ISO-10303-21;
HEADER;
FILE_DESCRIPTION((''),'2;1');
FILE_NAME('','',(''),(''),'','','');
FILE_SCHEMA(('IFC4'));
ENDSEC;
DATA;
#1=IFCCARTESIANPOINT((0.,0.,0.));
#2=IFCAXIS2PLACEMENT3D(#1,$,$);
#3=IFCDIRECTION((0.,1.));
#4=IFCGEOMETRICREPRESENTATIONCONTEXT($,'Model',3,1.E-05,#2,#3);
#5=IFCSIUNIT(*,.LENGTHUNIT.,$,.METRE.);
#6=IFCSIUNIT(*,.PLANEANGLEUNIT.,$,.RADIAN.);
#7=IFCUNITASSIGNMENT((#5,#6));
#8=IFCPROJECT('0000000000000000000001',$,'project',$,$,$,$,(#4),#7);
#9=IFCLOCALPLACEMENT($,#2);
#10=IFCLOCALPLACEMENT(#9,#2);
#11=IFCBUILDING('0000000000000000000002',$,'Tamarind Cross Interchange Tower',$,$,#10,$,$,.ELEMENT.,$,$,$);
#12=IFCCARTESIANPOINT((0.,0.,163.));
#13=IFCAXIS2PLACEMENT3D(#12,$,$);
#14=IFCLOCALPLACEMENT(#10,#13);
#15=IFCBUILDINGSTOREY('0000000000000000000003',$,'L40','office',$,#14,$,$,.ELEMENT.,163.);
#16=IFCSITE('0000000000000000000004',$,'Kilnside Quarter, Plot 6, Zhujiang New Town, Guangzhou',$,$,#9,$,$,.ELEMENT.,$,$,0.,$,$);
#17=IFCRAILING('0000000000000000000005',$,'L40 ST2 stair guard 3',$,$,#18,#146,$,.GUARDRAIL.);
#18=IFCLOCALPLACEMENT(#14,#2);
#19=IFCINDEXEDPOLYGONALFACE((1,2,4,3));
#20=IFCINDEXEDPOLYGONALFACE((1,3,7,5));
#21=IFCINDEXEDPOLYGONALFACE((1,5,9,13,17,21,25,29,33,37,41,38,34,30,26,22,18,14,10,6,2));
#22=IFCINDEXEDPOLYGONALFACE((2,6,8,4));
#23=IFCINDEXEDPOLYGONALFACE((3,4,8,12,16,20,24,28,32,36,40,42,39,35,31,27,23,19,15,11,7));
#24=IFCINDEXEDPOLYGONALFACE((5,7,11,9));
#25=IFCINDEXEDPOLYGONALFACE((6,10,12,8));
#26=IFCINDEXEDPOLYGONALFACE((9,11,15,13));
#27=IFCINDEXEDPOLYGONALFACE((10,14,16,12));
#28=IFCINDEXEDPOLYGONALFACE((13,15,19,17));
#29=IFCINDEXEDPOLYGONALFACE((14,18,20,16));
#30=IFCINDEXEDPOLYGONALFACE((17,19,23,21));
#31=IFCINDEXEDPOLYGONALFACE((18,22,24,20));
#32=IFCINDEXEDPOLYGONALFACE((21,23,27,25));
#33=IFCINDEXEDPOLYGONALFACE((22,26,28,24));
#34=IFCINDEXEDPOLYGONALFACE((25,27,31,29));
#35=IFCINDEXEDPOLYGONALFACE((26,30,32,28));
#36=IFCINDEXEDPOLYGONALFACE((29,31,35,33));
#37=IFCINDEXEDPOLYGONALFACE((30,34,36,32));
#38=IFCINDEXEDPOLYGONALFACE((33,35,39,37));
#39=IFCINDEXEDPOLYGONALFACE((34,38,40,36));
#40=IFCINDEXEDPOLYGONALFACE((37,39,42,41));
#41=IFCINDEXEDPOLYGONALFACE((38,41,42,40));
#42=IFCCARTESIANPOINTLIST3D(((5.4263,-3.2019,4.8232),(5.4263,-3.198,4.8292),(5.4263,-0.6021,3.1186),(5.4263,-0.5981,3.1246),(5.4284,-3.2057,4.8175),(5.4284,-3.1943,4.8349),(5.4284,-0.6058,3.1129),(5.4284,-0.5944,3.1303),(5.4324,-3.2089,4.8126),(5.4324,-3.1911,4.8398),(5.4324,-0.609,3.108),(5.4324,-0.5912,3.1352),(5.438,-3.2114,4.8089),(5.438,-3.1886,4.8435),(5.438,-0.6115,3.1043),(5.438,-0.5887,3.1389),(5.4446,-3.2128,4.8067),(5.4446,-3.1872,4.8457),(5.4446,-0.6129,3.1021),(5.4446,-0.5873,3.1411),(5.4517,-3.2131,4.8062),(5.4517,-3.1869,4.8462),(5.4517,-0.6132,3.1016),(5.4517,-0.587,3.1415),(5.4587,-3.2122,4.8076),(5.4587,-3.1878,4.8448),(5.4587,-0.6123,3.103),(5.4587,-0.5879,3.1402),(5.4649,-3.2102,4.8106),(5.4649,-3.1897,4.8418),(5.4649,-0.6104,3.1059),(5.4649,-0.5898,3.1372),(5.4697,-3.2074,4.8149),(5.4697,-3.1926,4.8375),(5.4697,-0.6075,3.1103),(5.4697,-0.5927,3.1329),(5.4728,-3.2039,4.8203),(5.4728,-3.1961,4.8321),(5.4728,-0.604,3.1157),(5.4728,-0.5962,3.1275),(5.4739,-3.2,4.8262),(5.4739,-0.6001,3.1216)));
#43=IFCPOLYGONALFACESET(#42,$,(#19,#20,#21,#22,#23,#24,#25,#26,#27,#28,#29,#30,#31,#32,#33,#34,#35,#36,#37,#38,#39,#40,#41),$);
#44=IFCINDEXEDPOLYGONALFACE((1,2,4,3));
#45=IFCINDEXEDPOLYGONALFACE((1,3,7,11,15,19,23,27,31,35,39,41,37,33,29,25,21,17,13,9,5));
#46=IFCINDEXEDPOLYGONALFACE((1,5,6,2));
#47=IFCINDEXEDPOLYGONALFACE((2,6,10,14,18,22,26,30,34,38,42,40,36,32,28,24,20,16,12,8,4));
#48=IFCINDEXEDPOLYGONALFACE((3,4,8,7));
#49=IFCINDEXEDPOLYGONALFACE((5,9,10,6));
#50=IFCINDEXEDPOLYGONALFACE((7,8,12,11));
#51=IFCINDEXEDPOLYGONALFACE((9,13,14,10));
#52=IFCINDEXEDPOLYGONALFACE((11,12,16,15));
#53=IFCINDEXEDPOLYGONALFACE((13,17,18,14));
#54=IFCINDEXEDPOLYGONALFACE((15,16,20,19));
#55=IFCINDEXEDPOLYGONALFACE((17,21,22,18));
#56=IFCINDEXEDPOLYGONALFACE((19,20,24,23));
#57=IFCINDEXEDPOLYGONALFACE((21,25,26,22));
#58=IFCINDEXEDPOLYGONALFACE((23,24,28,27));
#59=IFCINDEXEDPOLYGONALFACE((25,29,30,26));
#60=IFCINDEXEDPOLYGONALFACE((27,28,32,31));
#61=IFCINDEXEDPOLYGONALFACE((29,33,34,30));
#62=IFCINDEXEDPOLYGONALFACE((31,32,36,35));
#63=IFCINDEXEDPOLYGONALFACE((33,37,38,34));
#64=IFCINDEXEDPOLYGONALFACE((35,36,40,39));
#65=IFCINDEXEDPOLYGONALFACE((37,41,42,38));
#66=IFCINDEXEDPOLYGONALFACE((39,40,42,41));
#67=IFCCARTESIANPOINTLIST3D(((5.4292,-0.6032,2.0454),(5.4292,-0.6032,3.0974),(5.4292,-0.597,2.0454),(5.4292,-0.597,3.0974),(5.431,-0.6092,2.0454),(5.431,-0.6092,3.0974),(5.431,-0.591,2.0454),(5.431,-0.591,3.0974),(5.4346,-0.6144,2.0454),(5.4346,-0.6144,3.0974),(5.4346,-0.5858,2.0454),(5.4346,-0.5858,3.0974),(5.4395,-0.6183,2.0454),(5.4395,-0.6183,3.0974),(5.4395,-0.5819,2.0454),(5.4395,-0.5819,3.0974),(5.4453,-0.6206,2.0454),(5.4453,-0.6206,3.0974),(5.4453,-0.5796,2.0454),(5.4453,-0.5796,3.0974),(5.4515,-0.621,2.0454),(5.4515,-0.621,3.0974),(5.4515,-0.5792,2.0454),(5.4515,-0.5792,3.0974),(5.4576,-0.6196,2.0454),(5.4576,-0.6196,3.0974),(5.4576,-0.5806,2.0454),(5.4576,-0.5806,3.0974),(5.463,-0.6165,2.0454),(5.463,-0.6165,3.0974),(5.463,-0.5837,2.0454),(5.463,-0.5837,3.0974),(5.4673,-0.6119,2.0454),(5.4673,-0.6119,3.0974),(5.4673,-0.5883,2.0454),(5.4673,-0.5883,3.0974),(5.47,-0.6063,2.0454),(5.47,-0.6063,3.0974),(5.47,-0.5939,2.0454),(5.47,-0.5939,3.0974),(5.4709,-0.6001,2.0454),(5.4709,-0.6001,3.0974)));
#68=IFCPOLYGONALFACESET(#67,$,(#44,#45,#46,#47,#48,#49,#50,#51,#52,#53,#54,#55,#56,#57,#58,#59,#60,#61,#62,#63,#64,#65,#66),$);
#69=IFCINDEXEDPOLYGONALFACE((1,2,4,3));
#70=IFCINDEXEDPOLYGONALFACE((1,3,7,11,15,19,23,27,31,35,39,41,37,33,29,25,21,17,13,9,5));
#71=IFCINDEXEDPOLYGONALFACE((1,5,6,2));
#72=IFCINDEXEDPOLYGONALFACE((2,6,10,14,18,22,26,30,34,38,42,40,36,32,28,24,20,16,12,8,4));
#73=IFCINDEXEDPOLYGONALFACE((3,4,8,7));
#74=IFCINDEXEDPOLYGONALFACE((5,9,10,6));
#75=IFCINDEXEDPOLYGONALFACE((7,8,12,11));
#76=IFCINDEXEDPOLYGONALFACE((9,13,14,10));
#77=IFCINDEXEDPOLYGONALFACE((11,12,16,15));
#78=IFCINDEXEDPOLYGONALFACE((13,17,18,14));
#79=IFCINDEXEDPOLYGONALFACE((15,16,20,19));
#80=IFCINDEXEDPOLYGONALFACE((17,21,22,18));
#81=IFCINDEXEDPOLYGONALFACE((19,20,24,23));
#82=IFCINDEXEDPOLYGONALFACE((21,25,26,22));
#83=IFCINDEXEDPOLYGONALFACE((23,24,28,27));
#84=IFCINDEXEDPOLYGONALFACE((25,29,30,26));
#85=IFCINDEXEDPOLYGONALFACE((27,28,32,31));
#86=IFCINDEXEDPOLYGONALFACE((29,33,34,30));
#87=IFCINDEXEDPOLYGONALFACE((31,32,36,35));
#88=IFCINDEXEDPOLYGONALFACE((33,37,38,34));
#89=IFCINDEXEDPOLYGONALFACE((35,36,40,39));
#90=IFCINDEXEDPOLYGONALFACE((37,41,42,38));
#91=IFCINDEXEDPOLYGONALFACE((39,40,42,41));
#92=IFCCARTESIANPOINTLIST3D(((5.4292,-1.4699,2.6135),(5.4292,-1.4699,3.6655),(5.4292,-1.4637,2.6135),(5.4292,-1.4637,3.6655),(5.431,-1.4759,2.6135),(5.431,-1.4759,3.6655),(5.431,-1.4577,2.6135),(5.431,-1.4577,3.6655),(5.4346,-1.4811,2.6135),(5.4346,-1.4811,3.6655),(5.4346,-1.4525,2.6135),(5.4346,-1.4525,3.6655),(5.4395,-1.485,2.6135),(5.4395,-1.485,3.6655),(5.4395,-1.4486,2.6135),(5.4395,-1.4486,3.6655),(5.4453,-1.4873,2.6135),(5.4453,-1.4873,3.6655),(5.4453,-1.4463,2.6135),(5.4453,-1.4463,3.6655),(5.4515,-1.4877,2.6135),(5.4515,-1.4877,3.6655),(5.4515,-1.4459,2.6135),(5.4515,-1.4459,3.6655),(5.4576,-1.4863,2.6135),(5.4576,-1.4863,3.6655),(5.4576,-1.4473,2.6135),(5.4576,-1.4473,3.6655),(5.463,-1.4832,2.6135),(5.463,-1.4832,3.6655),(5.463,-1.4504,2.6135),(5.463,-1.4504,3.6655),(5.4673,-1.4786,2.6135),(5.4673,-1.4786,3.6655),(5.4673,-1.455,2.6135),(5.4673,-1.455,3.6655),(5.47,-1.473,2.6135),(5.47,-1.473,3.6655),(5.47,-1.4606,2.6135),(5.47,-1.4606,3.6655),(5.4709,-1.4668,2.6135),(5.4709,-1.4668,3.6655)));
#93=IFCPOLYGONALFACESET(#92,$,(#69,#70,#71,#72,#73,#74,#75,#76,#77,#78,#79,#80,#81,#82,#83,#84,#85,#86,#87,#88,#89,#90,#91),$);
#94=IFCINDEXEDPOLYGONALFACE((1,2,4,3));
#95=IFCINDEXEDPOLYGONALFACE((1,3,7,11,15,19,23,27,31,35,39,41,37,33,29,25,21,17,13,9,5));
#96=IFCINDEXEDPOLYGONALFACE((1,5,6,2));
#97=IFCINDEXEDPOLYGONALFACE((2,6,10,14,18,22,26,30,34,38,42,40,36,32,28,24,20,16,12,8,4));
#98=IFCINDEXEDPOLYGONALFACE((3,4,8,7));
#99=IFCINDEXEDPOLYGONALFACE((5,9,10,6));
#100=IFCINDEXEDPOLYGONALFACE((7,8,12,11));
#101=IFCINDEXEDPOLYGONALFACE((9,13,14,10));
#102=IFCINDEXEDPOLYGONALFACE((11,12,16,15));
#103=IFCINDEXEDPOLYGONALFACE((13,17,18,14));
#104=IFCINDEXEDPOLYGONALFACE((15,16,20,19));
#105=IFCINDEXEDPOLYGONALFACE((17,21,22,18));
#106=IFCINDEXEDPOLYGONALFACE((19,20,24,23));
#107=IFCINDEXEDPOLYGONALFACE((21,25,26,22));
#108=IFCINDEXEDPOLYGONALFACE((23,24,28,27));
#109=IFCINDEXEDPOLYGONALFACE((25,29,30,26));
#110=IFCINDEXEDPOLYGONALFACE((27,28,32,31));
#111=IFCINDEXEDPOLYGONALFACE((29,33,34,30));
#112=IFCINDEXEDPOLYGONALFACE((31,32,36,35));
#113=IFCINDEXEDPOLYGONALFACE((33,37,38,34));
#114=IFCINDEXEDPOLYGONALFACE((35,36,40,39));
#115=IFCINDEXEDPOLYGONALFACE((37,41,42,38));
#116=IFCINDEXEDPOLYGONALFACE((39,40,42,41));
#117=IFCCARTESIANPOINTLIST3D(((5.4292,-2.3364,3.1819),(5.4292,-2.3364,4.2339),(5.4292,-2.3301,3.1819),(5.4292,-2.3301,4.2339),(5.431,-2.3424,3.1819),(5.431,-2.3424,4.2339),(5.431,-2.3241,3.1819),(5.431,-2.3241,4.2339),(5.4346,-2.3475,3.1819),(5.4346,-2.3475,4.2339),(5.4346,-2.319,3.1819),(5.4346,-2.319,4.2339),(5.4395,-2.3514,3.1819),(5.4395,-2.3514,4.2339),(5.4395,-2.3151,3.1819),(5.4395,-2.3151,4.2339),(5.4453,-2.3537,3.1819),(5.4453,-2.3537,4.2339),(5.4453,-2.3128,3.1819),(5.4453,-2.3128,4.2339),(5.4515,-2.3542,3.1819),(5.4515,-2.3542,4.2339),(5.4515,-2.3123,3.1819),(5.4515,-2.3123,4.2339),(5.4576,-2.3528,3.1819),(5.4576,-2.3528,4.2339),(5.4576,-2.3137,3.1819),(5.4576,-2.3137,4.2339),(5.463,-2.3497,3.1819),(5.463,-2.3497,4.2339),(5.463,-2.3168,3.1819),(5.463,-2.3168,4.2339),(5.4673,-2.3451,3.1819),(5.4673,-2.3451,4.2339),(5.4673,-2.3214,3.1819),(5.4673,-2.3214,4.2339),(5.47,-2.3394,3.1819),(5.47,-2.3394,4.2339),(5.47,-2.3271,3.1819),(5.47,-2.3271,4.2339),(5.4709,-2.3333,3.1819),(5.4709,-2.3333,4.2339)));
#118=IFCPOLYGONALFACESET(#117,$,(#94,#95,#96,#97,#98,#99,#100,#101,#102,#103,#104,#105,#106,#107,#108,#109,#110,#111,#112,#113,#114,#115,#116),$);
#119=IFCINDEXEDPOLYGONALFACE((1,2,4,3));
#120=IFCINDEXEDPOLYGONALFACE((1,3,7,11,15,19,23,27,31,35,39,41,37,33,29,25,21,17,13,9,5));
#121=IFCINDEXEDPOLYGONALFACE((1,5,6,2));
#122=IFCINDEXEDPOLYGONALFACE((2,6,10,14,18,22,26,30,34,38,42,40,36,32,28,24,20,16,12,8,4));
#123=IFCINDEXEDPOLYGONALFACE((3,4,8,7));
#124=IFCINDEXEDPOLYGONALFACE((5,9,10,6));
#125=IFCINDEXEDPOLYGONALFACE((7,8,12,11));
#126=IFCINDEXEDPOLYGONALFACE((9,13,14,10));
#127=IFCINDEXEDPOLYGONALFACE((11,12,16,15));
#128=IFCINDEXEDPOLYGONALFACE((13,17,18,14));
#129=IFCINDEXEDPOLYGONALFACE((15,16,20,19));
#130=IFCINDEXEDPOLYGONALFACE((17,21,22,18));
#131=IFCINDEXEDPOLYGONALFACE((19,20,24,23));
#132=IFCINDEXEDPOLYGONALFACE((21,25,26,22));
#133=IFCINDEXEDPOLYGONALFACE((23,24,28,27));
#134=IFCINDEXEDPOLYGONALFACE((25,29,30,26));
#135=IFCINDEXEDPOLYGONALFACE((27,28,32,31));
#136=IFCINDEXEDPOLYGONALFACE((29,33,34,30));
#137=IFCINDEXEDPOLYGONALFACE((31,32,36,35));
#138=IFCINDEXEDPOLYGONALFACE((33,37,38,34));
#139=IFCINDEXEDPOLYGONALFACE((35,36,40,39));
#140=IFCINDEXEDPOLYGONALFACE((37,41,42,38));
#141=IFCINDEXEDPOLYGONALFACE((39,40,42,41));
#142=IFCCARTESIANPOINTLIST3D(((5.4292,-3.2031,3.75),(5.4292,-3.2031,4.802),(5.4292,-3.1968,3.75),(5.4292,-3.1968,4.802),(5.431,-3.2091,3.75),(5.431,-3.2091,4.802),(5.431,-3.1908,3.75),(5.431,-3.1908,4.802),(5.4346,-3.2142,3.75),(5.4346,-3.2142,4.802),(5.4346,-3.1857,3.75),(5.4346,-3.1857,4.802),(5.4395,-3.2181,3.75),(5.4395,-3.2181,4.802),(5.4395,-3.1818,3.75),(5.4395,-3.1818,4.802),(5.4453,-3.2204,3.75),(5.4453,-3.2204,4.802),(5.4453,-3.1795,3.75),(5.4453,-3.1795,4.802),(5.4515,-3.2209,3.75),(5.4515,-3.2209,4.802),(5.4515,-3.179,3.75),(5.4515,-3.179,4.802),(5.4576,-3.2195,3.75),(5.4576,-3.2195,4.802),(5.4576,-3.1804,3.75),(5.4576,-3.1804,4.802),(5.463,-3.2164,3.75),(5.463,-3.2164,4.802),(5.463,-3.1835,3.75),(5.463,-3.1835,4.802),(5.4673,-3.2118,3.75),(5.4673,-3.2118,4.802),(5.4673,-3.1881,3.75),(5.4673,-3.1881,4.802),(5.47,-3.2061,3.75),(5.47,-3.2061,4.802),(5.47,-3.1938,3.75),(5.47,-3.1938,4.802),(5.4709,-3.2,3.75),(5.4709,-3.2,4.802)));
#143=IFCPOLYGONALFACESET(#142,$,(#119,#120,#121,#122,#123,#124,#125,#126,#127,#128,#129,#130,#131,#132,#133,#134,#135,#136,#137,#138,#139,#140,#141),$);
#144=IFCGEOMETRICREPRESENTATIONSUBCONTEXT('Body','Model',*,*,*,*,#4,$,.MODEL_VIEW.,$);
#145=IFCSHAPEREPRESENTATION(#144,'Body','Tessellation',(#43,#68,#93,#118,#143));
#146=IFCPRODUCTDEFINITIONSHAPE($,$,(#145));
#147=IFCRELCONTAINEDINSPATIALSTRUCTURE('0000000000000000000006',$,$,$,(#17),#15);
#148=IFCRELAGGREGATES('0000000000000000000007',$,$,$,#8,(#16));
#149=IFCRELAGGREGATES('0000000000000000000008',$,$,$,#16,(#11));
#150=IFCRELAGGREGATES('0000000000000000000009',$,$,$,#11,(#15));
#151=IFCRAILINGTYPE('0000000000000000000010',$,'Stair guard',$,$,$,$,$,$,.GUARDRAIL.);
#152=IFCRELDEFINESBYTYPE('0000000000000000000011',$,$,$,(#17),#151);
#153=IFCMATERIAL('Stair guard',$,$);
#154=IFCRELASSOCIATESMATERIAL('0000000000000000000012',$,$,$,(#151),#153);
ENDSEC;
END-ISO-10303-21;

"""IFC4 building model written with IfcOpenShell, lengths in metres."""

from ifc_helpers import new_model, si_unit, direction, frame, origin, origin_2d, place, context, subcontext, project, spatial, circle, extrude, material, type_object, element, save


model = new_model("IFC4")

# Units and contexts
model_context = context("Model", 3, precision=1e-05, world=origin(), true_north=direction((0.0, 1.0)))
body_context = subcontext(model_context, "Body", "Model", "MODEL_VIEW")
ifc_project = project(units=[si_unit("LENGTHUNIT", "METRE"), si_unit("PLANEANGLEUNIT", "RADIAN")], contexts=[model_context])

# Site, building, storey
site_placement = place(None, origin())
site = spatial("IfcSite", under=ifc_project, at=site_placement, Name="Kilnside Quarter, Plot 6, Zhujiang New Town, Guangzhou", CompositionType="ELEMENT", RefElevation=0.0)
building_placement = place(site_placement, origin())
building = spatial("IfcBuilding", under=site, at=building_placement, Name="Tamarind Cross Interchange Tower", CompositionType="ELEMENT")
storey_placement = place(building_placement, frame((0.0, 0.0, 163.0)))
storey = spatial("IfcBuildingStorey", under=building, at=storey_placement, Name="L40", Description="office", CompositionType="ELEMENT", Elevation=163.0)

# Railing
ifc_material_1 = material(Name="Stair guard")
railing_type_1 = type_object("IfcRailingType", Name="Stair guard", PredefinedType="GUARDRAIL", material=ifc_material_1)
railing_1_placement = place(storey_placement, frame((5.45, -0.6001, 2.0454)))
element("IfcRailing", 1, at=railing_1_placement, inside=storey, type_object=railing_type_1, Name="L40 ST2 stair guard 3", PredefinedType="GUARDRAIL", context=body_context, shape_type="SweptSolid", body=[
    extrude(circle(Radius=0.0239, at=origin_2d()), frame((0.0, 0.0, 1.0762), z_axis=(0.0, -0.836279, 0.548305), x_axis=(1.0, 0.0, 0.0)), (0.0, 0.0, 1.0), 3.1089),
    extrude(circle(Radius=0.021, at=origin_2d()), origin(), (0.0, 0.0, 1.0), 1.052),
    extrude(circle(Radius=0.021, at=origin_2d()), frame((0.0, -0.8667, 0.5681)), (0.0, 0.0, 1.0), 1.052),
    extrude(circle(Radius=0.021, at=origin_2d()), frame((0.0, -1.7332, 1.1365)), (0.0, 0.0, 1.0), 1.052),
    extrude(circle(Radius=0.021, at=origin_2d()), frame((0.0, -2.5999, 1.7046)), (0.0, 0.0, 1.0), 1.052),
])

save(model, "model.ifc")
